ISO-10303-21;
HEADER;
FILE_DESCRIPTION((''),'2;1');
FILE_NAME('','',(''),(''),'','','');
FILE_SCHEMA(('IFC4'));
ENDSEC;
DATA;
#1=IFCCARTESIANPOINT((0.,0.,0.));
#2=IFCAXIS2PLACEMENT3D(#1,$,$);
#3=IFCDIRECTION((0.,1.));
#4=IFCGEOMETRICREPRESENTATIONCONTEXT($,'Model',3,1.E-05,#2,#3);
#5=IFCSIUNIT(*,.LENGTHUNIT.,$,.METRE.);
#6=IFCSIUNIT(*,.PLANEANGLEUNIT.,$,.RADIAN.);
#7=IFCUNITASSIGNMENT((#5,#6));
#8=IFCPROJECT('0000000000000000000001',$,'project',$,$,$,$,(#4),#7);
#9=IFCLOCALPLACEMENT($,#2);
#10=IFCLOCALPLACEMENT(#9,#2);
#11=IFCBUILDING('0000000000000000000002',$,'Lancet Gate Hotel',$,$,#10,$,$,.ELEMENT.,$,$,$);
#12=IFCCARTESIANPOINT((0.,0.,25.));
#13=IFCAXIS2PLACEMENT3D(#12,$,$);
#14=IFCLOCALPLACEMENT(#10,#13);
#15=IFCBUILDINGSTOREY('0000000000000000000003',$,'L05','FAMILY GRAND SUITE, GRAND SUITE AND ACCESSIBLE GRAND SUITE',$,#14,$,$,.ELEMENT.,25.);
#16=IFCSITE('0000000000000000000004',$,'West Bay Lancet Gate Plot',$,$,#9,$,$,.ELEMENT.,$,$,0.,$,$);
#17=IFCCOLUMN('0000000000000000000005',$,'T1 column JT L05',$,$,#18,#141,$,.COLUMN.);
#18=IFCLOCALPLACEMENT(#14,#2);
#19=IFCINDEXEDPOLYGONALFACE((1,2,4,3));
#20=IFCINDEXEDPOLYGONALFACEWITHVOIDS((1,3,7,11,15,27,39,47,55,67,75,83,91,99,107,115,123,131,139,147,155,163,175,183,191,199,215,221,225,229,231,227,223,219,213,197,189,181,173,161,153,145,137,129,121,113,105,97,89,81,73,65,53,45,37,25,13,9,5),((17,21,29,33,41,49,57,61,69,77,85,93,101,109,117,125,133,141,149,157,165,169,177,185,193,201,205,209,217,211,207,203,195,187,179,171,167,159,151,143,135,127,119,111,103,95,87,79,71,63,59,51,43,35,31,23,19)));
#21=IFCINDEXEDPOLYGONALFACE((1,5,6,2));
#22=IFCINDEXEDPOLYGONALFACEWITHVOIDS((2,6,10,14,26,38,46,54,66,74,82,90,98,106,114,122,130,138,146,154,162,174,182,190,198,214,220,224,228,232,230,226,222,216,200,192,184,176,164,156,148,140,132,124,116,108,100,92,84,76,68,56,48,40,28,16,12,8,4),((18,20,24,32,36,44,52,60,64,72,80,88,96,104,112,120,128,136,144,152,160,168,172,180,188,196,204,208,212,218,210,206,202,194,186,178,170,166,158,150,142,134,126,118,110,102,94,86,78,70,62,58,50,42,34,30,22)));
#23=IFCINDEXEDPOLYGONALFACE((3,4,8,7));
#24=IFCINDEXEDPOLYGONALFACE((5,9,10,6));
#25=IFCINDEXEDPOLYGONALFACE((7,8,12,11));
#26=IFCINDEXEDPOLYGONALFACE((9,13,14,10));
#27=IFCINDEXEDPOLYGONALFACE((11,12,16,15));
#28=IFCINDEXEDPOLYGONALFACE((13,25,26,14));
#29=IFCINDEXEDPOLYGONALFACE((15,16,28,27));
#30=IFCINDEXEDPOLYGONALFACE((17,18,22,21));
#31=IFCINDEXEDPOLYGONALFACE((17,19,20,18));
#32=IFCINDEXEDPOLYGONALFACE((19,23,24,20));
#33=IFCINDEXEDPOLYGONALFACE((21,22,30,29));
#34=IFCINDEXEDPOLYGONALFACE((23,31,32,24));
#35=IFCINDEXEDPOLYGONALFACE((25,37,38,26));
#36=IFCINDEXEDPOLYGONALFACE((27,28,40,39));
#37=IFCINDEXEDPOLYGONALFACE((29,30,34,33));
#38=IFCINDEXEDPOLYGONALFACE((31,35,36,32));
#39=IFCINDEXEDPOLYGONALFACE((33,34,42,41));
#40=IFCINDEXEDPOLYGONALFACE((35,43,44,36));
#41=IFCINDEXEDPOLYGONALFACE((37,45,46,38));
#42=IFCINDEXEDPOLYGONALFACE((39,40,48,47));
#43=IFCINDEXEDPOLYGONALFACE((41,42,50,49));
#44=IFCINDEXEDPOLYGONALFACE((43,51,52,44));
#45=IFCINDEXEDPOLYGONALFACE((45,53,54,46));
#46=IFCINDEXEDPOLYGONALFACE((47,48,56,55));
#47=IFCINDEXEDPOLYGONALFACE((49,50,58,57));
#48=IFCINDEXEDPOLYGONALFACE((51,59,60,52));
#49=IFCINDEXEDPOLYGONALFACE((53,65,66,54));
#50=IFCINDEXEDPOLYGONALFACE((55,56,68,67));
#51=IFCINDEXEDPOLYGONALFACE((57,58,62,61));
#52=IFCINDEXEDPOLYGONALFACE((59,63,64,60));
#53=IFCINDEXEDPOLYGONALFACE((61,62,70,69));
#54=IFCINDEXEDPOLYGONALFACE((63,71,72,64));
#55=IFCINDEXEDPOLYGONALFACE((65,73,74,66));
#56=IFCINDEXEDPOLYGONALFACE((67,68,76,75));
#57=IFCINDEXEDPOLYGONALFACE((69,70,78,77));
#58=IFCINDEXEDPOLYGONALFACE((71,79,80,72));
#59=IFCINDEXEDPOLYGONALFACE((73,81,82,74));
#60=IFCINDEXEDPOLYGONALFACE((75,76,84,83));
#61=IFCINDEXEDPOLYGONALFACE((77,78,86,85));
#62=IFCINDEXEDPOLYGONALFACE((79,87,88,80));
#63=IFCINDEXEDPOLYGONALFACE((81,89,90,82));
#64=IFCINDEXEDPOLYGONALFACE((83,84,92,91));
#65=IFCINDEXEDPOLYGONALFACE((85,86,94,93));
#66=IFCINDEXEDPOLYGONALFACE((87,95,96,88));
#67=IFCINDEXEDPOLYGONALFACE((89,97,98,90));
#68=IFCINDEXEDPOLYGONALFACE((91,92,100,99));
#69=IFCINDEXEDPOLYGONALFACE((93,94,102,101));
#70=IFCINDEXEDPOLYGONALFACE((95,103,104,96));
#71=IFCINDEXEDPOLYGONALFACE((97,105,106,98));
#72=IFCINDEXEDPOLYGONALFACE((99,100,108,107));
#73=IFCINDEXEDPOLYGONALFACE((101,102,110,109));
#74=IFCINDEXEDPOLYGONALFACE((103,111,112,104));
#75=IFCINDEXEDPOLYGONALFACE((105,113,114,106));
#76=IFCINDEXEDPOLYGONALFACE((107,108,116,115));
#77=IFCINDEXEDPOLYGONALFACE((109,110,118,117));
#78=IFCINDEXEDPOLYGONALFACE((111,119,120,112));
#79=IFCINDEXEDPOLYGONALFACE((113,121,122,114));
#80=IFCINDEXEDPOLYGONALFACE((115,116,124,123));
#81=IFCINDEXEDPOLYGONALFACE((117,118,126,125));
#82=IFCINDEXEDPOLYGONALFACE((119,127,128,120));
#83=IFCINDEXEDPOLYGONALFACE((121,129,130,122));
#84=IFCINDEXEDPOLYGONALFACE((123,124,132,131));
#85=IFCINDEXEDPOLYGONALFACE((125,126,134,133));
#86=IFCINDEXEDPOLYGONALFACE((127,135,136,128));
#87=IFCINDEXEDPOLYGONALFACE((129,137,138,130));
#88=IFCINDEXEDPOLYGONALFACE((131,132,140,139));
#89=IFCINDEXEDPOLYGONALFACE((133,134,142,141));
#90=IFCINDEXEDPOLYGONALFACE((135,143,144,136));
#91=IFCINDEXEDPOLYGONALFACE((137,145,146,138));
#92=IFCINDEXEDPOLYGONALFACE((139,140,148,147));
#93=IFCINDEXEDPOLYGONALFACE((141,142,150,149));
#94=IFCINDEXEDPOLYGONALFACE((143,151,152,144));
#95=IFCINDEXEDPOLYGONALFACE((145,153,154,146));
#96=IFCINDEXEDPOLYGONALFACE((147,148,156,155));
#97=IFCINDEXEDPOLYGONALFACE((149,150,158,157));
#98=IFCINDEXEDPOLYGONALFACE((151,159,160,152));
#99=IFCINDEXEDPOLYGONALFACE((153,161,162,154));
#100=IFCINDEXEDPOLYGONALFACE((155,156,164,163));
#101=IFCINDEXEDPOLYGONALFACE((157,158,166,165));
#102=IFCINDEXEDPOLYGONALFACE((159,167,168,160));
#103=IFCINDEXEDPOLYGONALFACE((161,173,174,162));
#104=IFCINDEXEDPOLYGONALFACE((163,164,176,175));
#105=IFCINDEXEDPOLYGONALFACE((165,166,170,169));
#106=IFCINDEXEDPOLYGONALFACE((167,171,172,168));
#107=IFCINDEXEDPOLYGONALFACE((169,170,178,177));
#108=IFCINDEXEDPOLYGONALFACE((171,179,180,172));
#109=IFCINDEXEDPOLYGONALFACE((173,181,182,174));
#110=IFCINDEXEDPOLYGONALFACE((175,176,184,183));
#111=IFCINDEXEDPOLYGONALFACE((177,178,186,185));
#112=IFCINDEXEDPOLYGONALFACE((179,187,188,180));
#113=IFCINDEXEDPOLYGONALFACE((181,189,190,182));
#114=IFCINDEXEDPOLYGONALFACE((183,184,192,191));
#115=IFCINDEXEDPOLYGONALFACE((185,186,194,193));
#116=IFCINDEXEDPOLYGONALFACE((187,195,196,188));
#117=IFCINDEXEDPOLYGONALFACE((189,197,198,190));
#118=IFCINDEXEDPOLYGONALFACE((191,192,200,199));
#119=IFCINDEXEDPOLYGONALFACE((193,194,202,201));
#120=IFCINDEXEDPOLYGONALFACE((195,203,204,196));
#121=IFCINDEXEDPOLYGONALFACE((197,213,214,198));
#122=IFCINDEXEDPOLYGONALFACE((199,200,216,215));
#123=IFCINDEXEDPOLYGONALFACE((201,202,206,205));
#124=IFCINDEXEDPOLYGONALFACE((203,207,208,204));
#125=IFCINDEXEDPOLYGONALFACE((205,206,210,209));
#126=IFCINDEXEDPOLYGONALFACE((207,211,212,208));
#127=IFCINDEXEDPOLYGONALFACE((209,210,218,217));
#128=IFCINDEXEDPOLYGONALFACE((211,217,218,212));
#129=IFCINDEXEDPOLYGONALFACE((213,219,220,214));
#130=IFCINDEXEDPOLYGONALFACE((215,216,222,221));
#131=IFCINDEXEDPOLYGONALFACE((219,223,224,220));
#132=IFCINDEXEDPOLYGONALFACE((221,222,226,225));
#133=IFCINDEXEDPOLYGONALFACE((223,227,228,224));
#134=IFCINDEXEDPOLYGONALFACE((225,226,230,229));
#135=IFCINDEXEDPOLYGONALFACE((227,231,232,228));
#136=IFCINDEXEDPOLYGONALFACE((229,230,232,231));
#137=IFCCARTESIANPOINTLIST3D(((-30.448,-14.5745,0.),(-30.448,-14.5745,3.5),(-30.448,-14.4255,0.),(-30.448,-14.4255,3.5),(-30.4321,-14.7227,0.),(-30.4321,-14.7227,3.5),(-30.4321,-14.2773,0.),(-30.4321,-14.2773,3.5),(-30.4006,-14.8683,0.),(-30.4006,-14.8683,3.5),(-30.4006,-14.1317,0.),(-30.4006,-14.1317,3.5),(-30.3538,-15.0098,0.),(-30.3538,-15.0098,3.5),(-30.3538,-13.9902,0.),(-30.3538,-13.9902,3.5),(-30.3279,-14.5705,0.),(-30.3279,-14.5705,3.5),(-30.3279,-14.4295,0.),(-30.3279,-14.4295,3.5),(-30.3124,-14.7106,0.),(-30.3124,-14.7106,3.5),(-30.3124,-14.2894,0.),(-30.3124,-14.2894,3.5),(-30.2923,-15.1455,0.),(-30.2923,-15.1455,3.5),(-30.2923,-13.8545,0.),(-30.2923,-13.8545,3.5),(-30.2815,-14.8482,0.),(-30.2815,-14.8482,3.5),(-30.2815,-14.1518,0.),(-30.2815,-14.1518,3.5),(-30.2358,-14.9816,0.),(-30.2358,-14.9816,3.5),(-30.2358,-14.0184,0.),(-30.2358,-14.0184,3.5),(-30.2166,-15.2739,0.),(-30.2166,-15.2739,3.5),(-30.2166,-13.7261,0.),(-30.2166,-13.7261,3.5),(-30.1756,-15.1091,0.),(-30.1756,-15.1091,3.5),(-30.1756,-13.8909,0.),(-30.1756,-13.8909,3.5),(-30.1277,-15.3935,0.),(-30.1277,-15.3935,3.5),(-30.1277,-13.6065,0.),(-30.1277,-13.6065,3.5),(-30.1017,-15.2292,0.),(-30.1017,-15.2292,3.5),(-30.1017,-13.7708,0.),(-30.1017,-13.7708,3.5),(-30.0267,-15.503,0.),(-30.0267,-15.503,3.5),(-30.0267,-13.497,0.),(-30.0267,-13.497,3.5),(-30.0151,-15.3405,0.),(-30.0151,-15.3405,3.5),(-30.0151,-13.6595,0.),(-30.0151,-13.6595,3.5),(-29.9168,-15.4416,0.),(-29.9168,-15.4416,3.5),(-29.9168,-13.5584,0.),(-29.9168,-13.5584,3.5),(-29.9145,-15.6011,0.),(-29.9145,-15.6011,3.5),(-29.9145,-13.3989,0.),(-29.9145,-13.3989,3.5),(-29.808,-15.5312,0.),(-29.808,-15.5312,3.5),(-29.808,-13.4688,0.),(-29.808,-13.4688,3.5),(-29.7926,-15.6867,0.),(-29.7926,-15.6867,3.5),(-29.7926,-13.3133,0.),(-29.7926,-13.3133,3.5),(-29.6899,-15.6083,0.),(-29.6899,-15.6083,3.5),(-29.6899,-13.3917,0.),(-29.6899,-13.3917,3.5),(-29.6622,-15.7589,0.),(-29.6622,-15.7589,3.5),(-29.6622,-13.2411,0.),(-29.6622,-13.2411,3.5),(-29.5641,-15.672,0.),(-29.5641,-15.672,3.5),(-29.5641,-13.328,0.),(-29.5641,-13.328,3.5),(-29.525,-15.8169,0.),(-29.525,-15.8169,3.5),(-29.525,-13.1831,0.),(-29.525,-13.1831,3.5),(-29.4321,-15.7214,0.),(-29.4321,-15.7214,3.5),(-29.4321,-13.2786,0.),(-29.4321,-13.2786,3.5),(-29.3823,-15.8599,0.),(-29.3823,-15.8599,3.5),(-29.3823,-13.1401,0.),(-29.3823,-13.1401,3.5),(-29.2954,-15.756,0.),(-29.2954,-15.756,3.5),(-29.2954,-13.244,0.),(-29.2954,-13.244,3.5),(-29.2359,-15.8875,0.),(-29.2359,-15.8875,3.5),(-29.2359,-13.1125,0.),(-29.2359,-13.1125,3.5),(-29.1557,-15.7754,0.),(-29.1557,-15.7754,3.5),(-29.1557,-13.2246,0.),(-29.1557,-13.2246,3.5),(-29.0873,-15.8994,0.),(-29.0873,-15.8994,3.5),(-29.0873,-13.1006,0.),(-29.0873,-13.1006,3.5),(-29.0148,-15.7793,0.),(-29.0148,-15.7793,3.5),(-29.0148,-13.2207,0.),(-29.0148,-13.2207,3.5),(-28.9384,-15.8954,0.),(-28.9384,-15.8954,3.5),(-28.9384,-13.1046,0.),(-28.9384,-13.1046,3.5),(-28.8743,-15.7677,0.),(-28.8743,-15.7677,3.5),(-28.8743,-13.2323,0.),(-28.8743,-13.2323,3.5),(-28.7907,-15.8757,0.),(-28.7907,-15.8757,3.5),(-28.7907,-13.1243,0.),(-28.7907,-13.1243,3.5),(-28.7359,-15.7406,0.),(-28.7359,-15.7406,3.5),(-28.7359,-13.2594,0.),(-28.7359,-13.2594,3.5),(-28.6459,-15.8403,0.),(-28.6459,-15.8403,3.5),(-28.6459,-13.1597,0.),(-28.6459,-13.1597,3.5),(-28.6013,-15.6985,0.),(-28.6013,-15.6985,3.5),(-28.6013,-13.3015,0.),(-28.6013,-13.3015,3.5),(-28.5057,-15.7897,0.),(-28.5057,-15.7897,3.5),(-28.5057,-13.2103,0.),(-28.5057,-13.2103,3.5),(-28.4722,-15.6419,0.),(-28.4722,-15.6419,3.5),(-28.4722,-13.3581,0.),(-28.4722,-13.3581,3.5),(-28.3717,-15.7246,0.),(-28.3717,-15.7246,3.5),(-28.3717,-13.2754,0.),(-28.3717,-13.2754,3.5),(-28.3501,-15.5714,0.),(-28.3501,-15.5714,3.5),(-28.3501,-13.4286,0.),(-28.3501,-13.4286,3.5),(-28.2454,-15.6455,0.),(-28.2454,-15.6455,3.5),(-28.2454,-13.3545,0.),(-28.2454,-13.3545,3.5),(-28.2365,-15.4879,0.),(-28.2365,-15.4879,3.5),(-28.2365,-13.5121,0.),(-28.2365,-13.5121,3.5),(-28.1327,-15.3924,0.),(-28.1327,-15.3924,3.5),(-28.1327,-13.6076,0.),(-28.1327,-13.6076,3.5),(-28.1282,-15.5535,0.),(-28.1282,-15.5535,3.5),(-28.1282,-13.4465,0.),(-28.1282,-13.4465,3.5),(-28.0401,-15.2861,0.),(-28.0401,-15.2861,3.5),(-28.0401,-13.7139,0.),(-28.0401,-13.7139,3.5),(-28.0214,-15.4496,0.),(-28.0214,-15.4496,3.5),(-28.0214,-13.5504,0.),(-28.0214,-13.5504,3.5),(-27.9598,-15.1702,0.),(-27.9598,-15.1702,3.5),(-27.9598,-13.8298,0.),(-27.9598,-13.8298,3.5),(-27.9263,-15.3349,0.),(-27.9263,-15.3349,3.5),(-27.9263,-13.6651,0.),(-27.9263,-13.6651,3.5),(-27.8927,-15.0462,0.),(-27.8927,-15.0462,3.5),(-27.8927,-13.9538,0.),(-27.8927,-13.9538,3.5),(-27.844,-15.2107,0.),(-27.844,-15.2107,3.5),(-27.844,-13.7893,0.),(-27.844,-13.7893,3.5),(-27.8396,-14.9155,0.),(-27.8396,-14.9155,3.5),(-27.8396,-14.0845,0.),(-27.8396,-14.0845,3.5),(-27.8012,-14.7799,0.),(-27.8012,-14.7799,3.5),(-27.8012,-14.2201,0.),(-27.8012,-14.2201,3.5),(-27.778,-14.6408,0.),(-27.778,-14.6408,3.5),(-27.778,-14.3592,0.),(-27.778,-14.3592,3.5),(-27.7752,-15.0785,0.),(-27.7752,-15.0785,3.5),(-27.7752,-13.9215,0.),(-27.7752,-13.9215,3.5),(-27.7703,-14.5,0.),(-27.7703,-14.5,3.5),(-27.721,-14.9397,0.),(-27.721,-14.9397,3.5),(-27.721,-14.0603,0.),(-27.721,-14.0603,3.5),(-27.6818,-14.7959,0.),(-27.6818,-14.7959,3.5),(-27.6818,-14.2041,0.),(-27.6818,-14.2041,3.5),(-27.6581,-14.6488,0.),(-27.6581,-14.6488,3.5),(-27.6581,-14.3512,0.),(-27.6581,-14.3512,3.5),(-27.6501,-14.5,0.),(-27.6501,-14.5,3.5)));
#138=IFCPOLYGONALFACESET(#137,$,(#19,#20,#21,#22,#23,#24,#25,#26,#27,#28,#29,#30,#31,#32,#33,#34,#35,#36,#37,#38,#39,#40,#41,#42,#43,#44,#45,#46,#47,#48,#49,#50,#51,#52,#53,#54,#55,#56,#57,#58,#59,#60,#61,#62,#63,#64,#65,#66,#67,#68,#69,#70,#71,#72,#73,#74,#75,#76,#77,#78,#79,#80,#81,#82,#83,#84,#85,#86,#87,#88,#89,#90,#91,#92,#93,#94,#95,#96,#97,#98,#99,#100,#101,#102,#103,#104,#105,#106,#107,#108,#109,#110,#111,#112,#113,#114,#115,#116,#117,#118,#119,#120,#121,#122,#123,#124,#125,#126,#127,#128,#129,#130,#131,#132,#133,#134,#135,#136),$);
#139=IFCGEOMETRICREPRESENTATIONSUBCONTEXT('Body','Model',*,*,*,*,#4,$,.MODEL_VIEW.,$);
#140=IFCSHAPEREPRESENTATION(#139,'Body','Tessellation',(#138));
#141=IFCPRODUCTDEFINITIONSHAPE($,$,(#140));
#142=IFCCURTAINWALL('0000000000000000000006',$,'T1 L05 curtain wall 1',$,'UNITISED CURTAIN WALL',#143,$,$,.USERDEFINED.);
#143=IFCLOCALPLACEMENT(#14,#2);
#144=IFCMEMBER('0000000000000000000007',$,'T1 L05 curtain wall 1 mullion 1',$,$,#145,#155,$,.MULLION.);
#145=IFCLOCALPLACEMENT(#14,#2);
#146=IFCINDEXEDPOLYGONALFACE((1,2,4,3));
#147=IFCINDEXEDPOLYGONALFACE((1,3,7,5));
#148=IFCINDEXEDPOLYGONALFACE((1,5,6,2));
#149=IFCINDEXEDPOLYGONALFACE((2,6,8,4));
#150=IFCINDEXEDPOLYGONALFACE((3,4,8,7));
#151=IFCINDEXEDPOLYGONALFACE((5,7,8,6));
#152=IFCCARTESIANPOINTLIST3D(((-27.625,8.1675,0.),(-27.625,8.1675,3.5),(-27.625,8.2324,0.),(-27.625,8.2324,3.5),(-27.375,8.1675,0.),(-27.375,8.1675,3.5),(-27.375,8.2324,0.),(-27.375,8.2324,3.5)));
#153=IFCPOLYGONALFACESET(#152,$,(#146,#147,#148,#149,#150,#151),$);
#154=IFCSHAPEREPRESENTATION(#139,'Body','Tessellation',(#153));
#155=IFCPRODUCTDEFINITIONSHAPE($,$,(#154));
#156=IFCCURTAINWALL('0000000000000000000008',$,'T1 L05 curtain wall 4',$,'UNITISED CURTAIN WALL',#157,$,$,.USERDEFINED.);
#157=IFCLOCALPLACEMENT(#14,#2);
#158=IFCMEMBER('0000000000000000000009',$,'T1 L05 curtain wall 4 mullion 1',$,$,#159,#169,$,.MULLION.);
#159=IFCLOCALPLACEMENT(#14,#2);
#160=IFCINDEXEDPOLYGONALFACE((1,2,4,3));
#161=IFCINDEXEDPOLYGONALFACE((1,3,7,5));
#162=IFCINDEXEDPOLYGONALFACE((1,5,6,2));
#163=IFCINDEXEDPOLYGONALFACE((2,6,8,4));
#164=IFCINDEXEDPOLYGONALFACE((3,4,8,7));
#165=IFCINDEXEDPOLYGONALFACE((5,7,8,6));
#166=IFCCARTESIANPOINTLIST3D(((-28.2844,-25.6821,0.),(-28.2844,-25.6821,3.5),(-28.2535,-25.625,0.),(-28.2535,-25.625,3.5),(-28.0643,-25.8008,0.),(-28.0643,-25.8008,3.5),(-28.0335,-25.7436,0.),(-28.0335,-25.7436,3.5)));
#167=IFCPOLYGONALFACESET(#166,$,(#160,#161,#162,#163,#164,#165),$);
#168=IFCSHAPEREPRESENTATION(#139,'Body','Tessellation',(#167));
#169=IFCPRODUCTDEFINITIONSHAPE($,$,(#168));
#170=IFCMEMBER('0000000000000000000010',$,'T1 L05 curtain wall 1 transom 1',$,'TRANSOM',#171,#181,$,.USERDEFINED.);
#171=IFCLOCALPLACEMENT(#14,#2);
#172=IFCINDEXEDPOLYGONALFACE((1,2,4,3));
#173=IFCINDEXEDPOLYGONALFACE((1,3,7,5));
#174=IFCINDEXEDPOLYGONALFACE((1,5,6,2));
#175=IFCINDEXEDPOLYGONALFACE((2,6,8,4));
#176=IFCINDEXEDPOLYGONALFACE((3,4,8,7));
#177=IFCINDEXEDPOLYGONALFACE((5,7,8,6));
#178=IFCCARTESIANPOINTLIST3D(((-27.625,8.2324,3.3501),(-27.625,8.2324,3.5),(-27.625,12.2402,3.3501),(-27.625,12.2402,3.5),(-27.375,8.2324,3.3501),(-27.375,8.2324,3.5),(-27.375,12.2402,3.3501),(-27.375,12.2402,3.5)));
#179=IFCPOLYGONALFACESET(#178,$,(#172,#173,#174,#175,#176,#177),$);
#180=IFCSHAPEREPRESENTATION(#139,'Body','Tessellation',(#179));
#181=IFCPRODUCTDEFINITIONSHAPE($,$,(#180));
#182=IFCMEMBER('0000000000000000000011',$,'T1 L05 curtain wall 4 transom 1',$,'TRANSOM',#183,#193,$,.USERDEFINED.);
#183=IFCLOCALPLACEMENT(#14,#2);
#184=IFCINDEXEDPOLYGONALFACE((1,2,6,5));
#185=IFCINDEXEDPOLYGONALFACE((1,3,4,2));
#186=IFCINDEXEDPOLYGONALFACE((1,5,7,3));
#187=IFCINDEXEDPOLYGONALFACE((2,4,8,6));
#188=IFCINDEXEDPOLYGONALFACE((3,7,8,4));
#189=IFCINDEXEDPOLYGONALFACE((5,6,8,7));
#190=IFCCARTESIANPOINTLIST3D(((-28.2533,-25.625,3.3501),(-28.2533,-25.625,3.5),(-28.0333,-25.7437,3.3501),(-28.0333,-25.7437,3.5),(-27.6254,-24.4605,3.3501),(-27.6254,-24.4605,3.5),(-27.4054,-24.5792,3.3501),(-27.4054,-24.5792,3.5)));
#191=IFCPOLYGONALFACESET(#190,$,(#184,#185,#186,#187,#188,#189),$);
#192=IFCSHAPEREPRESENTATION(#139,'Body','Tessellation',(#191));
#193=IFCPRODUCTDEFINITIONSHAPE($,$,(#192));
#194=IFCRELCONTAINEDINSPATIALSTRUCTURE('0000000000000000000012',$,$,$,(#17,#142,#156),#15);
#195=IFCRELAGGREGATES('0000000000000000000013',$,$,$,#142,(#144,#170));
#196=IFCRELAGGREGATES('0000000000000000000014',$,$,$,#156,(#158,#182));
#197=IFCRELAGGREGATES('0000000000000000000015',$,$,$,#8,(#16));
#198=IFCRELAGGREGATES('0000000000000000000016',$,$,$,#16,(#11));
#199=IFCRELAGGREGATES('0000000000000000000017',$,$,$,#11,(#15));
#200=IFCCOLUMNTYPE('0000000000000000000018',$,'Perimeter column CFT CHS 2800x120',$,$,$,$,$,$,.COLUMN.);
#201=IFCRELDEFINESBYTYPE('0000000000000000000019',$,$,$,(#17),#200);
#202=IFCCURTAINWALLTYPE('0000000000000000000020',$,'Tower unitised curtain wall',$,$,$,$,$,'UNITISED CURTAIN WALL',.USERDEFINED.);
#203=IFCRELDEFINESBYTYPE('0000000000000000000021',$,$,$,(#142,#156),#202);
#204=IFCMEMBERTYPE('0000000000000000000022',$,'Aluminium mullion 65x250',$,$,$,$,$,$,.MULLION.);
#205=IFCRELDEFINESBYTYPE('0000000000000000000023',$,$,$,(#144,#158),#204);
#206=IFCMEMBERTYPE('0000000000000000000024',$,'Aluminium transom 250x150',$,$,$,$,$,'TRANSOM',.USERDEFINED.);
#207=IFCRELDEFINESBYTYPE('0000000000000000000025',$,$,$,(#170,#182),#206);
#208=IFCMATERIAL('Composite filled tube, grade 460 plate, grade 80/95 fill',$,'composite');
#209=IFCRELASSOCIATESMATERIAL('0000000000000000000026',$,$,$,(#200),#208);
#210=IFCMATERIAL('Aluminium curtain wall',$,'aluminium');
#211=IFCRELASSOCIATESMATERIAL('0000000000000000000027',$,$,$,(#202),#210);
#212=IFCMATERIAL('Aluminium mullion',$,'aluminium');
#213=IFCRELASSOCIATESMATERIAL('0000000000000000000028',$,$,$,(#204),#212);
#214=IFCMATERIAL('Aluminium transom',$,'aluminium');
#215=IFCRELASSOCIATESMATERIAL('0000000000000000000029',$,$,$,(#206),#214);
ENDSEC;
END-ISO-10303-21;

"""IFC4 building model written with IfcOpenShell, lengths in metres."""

from ifc_helpers import new_model, si_unit, direction, frame, origin, origin_2d, place, context, subcontext, project, spatial, rectangle, hollow_circle, extrude, material, material_profile, profile_set, type_object, element, aggregate, save


model = new_model("IFC4")

# Units and contexts
model_context = context("Model", 3, precision=1e-05, world=origin(), true_north=direction((0.0, 1.0)))
body_context = subcontext(model_context, "Body", "Model", "MODEL_VIEW")
ifc_project = project(units=[si_unit("LENGTHUNIT", "METRE"), si_unit("PLANEANGLEUNIT", "RADIAN")], contexts=[model_context])

# Site, building, storey
site_placement = place(None, origin())
site = spatial("IfcSite", under=ifc_project, at=site_placement, Name="West Bay Lancet Gate Plot", CompositionType="ELEMENT", RefElevation=0.0)
building_placement = place(site_placement, origin())
building = spatial("IfcBuilding", under=site, at=building_placement, Name="Lancet Gate Hotel", CompositionType="ELEMENT")
storey_placement = place(building_placement, frame((0.0, 0.0, 25.0)))
storey = spatial("IfcBuildingStorey", under=building, at=storey_placement, Name="L05", Description="FAMILY GRAND SUITE, GRAND SUITE AND ACCESSIBLE GRAND SUITE", CompositionType="ELEMENT", Elevation=25.0)

# Column
ifc_material_1 = material(Name="Composite filled tube, grade 460 plate, grade 80/95 fill", Category="composite")
ifc_material_profile_1 = material_profile(ifc_material_1, hollow_circle(Radius=1.3999, WallThickness=0.1201, at=origin_2d()), Name="CHS 2800x120")
ifc_profile_set_1 = profile_set([ifc_material_profile_1], Name="Composite filled tube, grade 460 plate, grade 80/95 fill")
column_type = type_object("IfcColumnType", Name="Perimeter column CFT CHS 2800x120", PredefinedType="COLUMN", material=ifc_profile_set_1)
for number, where, z_axis, x_axis, name in (
    (1, (-29.05, -14.5, 0.0), (0.0, 0.0, 1.0), (1.0, 0.0, 0.0), "T1 column JT L05"),
):
    element("IfcColumn", number, at=place(storey_placement, frame(where, z_axis=z_axis, x_axis=x_axis)), inside=storey, type_object=column_type, Name=name, PredefinedType="COLUMN", context=body_context, shape_type="SweptSolid", body=[
        extrude(hollow_circle(Radius=1.3999, WallThickness=0.1201, at=origin_2d()), origin(), (0.0, 0.0, 1.0), 3.5),
    ])

# Curtain walls, members
ifc_material_2 = material(Name="Aluminium curtain wall", Category="aluminium")
curtain_wall_type = type_object("IfcCurtainWallType", Name="Tower unitised curtain wall", ElementType="UNITISED CURTAIN WALL", PredefinedType="USERDEFINED", material=ifc_material_2)
curtain_wall_1_placement = place(storey_placement, origin())
curtain_wall_1 = element("IfcCurtainWall", 2, at=curtain_wall_1_placement, inside=storey, type_object=curtain_wall_type, Name="T1 L05 curtain wall 1", ObjectType="UNITISED CURTAIN WALL", PredefinedType="USERDEFINED")
ifc_material_3 = material(Name="Aluminium mullion", Category="aluminium")
ifc_material_profile_2 = material_profile(ifc_material_3, rectangle(XDim=0.0649, YDim=0.25, at=origin_2d()), Name="MULLION 65x250")
ifc_profile_set_2 = profile_set([ifc_material_profile_2], Name="Aluminium mullion")
member_type_1 = type_object("IfcMemberType", Name="Aluminium mullion 65x250", PredefinedType="MULLION", material=ifc_profile_set_2)
member_1_placement = place(storey_placement, frame((-27.5, 8.2, 0.0), z_axis=(0.0, 0.0, 1.0), x_axis=(0.0, 1.0, 0.0)))
member_1 = element("IfcMember", 3, at=member_1_placement, type_object=member_type_1, Name="T1 L05 curtain wall 1 mullion 1", PredefinedType="MULLION", context=body_context, shape_type="SweptSolid", body=[
    extrude(rectangle(XDim=0.0649, YDim=0.25, at=origin_2d()), origin(), (0.0, 0.0, 1.0), 3.5),
])
curtain_wall_2_placement = place(storey_placement, origin())
curtain_wall_2 = element("IfcCurtainWall", 4, at=curtain_wall_2_placement, inside=storey, type_object=curtain_wall_type, Name="T1 L05 curtain wall 4", ObjectType="UNITISED CURTAIN WALL", PredefinedType="USERDEFINED")
member_2_placement = place(storey_placement, frame((-28.1589, -25.7129, 0.0), z_axis=(0.0, 0.0, 1.0), x_axis=(0.474631, 0.880185, 0.0)))
member_2 = element("IfcMember", 5, at=member_2_placement, type_object=member_type_1, Name="T1 L05 curtain wall 4 mullion 1", PredefinedType="MULLION", context=body_context, shape_type="SweptSolid", body=[
    extrude(rectangle(XDim=0.0649, YDim=0.25, at=origin_2d()), origin(), (0.0, 0.0, 1.0), 3.5),
])

# Members
ifc_material_4 = material(Name="Aluminium transom", Category="aluminium")
ifc_material_profile_3 = material_profile(ifc_material_4, rectangle(XDim=0.25, YDim=0.1499, at=origin_2d()), Name="TRANSOM 250x150")
ifc_profile_set_3 = profile_set([ifc_material_profile_3], Name="Aluminium transom")
member_type_2 = type_object("IfcMemberType", Name="Aluminium transom 250x150", ElementType="TRANSOM", PredefinedType="USERDEFINED", material=ifc_profile_set_3)
member_3_placement = place(storey_placement, frame((-27.5, 8.2324, 3.425), z_axis=(0.0, 1.0, 0.0), x_axis=(-1.0, 0.0, 0.0)))
member_3 = element("IfcMember", 6, at=member_3_placement, type_object=member_type_2, Name="T1 L05 curtain wall 1 transom 1", ObjectType="TRANSOM", PredefinedType="USERDEFINED", context=body_context, shape_type="SweptSolid", body=[
    extrude(rectangle(XDim=0.25, YDim=0.1499, at=origin_2d()), origin(), (0.0, 0.0, 1.0), 4.0078),
])
aggregate(curtain_wall_1, [member_1, member_3])
member_4_placement = place(storey_placement, frame((-28.1433, -25.6843, 3.425), z_axis=(0.474606, 0.880198, 0.0), x_axis=(-0.880198, 0.474606, 0.0)))
member_4 = element("IfcMember", 7, at=member_4_placement, type_object=member_type_2, Name="T1 L05 curtain wall 4 transom 1", ObjectType="TRANSOM", PredefinedType="USERDEFINED", context=body_context, shape_type="SweptSolid", body=[
    extrude(rectangle(XDim=0.25, YDim=0.1499, at=origin_2d()), origin(), (0.0, 0.0, 1.0), 1.323),
])

aggregate(curtain_wall_2, [member_2, member_4])

save(model, "model.ifc")
